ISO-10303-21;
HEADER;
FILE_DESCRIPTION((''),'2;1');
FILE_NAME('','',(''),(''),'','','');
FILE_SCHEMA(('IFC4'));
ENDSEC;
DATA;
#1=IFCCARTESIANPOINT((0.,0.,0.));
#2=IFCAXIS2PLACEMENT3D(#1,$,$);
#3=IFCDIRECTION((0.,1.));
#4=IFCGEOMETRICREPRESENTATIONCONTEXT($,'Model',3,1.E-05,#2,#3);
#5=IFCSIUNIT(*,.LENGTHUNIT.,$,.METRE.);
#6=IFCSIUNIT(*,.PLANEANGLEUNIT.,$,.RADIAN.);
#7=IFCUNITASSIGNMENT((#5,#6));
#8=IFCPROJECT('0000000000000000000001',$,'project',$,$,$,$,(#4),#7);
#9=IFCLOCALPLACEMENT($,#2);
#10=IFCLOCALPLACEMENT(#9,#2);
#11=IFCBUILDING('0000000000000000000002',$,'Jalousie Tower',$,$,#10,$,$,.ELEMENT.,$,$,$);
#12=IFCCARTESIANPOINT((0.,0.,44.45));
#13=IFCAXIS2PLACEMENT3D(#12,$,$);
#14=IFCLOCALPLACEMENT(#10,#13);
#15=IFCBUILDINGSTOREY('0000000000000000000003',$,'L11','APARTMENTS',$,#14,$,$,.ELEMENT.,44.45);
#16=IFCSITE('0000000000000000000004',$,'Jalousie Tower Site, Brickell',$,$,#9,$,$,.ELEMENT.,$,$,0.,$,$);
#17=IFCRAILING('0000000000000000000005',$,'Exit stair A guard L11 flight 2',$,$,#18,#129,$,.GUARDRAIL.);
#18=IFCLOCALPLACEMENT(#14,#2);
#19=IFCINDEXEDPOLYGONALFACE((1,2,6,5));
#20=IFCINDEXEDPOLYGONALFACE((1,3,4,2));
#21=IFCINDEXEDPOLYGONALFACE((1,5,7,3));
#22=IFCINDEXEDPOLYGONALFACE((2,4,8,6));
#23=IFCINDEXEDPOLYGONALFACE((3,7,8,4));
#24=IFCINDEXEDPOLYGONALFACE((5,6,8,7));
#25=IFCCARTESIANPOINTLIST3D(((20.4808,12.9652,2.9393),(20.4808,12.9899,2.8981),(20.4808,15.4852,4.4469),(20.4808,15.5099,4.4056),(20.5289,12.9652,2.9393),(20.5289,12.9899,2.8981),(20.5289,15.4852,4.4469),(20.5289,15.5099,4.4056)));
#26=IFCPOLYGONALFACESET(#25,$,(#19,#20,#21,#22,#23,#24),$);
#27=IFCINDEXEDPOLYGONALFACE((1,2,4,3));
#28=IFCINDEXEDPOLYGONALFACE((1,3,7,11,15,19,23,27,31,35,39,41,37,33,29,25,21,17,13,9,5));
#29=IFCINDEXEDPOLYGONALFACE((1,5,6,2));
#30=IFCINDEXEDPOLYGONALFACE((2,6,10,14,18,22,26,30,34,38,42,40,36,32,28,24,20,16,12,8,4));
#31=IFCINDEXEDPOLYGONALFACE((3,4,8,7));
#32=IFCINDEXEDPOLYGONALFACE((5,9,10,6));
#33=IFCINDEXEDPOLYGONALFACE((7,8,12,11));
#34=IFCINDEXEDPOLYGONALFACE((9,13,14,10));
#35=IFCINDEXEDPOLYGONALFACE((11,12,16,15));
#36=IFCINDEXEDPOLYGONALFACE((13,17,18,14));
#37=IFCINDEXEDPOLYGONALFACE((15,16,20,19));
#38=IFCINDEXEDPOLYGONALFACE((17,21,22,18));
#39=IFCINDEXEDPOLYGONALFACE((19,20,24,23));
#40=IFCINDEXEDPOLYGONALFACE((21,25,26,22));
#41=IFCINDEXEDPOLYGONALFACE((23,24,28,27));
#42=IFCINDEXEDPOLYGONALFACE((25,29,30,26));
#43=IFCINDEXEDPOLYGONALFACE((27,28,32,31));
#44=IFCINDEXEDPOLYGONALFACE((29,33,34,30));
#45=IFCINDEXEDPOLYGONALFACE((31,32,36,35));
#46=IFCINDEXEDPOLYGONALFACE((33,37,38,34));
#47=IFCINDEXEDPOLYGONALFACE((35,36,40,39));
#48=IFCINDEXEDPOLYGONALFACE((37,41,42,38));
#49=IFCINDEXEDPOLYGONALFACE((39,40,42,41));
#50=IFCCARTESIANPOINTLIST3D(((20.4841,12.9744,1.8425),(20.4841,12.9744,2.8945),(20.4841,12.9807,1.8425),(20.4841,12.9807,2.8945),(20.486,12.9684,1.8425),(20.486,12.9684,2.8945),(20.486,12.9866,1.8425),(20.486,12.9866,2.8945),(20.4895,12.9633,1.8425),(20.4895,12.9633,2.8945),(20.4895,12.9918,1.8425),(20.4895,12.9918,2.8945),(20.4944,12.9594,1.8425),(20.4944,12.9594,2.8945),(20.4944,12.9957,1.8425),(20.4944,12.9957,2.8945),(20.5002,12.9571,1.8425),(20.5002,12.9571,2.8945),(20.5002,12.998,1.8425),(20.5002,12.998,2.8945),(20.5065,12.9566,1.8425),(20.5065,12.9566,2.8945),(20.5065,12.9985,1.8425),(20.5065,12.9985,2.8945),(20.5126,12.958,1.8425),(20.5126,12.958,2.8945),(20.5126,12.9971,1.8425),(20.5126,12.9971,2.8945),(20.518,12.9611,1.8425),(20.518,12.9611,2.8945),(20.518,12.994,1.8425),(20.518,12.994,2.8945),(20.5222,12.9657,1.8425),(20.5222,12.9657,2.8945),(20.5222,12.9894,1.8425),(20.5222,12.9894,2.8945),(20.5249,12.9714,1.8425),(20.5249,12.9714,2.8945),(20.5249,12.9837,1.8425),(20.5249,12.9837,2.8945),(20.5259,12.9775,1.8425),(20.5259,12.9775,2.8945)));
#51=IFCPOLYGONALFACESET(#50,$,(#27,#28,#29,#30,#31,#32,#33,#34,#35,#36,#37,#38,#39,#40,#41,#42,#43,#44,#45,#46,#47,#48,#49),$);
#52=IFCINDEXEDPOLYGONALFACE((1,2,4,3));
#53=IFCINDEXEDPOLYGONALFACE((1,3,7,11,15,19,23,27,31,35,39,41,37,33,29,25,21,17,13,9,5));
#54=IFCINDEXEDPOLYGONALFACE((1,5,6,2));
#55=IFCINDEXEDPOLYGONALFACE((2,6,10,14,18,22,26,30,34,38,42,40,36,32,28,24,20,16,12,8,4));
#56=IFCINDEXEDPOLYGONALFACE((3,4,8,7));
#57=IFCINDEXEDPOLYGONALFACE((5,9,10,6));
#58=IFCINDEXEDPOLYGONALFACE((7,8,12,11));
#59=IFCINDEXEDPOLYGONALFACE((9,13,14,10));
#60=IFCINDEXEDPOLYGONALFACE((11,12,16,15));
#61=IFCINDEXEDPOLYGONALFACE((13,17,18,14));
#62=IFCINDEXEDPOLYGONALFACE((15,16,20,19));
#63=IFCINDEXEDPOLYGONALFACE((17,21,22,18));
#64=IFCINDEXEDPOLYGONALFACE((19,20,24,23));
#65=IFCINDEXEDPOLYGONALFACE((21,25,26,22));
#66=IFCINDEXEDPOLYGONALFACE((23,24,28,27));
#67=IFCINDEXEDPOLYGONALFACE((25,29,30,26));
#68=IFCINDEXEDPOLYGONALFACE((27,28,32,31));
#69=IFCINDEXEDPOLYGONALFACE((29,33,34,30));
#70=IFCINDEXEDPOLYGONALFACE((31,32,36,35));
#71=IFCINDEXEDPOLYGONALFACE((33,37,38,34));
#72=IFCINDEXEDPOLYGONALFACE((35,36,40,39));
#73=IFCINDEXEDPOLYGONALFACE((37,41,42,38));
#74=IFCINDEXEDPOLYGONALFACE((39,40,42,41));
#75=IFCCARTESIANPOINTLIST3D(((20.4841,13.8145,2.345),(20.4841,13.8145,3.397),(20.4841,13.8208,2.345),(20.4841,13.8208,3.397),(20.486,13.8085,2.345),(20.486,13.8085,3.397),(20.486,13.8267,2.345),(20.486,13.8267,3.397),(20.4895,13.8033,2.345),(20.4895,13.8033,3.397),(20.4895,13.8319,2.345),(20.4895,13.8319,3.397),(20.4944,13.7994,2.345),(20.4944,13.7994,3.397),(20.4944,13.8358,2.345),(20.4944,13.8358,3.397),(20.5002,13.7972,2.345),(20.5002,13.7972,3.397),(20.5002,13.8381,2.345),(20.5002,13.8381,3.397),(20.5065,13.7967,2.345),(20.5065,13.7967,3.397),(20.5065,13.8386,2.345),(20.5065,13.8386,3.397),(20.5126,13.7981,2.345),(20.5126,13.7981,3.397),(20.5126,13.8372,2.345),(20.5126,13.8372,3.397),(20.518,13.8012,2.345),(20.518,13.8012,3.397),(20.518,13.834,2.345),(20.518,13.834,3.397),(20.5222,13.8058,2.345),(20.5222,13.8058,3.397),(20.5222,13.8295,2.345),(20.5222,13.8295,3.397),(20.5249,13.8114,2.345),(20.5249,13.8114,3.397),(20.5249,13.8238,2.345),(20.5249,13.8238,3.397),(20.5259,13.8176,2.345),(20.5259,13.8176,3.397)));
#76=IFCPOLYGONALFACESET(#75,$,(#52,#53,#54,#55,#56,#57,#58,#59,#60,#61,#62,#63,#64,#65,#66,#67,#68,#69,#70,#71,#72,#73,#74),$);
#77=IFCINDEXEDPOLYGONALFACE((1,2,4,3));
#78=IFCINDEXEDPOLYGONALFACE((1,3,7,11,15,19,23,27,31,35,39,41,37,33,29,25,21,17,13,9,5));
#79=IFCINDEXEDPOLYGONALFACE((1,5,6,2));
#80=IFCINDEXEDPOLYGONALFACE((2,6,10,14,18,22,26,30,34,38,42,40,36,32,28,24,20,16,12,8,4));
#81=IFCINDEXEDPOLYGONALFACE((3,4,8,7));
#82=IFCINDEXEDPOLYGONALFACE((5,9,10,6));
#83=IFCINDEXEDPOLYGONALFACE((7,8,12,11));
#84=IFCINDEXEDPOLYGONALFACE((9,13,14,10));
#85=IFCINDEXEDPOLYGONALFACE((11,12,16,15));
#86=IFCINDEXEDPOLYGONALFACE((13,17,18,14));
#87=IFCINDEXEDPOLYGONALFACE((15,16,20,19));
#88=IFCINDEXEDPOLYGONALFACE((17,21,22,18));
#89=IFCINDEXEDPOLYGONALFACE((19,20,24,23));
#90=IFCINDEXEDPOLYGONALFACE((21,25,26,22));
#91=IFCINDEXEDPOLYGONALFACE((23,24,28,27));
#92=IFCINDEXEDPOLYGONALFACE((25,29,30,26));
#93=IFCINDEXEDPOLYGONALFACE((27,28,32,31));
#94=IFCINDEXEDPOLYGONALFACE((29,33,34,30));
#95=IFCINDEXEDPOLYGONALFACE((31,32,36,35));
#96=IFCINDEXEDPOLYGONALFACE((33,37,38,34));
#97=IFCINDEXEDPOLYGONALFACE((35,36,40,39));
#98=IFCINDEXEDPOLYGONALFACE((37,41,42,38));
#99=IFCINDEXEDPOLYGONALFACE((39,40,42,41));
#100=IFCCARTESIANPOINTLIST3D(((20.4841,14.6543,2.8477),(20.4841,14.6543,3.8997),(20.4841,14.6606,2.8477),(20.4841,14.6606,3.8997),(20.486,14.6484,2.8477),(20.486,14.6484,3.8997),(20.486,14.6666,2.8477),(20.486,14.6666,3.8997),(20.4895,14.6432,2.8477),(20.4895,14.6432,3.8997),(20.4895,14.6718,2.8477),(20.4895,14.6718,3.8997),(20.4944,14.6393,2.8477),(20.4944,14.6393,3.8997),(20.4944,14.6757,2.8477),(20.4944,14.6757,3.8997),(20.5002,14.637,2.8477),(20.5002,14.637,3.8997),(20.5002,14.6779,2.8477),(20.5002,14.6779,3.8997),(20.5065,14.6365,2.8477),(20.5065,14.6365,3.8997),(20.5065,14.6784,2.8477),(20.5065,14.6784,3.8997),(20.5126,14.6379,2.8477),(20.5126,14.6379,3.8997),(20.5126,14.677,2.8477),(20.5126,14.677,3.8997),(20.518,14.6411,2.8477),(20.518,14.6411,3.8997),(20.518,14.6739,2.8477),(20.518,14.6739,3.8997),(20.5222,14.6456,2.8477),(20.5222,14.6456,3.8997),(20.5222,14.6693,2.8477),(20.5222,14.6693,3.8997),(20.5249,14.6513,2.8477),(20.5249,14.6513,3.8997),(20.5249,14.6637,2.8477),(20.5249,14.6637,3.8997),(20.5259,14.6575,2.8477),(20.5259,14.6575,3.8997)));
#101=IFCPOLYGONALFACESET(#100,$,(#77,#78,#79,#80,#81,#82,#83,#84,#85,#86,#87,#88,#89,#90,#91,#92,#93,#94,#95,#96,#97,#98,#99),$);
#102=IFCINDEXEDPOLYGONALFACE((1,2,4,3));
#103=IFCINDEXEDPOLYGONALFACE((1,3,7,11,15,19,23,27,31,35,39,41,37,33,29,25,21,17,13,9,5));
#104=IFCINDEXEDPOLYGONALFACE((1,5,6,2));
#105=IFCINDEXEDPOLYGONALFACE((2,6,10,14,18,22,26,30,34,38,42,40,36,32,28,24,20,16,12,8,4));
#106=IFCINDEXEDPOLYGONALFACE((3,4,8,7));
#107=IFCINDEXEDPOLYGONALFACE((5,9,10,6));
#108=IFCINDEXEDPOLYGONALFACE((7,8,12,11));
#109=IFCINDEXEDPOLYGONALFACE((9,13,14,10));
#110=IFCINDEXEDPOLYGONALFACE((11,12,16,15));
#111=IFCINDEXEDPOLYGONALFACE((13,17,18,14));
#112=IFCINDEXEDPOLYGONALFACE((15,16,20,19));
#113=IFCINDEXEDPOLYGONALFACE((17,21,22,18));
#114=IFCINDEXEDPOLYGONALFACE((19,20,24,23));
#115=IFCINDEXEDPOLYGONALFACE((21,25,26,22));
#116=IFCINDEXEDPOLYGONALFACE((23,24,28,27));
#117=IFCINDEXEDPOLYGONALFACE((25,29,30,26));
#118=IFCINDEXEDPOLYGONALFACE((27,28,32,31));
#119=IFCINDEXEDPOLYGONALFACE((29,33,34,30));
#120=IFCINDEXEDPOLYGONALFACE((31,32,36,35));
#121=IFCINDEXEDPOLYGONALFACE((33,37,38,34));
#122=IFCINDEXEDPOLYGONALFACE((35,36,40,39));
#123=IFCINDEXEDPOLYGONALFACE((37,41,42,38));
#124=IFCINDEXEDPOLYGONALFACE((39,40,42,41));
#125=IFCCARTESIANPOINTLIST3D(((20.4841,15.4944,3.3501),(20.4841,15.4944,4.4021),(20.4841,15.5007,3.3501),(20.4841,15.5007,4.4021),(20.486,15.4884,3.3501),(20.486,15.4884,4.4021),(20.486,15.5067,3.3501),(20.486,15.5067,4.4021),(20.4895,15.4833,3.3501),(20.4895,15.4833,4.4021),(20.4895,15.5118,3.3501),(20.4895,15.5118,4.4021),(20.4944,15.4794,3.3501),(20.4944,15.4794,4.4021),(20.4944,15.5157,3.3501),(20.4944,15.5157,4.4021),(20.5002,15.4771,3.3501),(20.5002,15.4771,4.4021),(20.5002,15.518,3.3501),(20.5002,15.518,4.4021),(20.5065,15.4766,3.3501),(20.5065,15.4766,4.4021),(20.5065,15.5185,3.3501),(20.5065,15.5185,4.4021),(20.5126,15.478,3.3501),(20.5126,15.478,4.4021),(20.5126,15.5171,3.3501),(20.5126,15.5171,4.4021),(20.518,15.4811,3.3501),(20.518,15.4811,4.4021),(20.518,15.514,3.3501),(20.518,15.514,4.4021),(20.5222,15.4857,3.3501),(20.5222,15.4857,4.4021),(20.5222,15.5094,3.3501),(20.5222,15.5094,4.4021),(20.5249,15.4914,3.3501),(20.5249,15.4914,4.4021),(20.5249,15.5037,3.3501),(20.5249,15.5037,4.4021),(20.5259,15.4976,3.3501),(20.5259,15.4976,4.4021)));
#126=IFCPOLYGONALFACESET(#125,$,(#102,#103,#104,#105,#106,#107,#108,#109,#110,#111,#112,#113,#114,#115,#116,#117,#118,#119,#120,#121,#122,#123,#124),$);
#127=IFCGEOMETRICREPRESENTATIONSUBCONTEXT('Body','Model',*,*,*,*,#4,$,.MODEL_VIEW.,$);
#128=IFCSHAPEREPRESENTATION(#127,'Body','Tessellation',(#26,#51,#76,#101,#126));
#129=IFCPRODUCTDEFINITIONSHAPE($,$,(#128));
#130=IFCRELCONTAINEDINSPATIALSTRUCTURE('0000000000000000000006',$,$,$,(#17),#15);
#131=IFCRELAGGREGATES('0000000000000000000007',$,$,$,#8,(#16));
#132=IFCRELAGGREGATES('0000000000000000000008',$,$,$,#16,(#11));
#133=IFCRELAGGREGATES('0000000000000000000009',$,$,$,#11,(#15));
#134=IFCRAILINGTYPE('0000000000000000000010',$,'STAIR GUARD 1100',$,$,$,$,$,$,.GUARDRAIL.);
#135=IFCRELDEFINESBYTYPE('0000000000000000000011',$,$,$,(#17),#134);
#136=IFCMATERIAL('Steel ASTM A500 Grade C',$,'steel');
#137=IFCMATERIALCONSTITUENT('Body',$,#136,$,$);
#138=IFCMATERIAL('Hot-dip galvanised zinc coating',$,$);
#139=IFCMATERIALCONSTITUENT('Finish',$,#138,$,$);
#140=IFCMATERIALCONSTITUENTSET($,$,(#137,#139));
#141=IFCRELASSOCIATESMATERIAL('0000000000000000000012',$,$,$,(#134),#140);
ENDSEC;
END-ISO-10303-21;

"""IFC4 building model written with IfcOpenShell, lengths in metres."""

from ifc_helpers import new_model, si_unit, direction, frame, origin, origin_2d, place, context, subcontext, project, spatial, rectangle, circle, extrude, material, constituent, constituent_set, type_object, element, save


model = new_model("IFC4")

# Units and contexts
model_context = context("Model", 3, precision=1e-05, world=origin(), true_north=direction((0.0, 1.0)))
body_context = subcontext(model_context, "Body", "Model", "MODEL_VIEW")
ifc_project = project(units=[si_unit("LENGTHUNIT", "METRE"), si_unit("PLANEANGLEUNIT", "RADIAN")], contexts=[model_context])

# Site, building, storey
site_placement = place(None, origin())
site = spatial("IfcSite", under=ifc_project, at=site_placement, Name="Jalousie Tower Site, Brickell", CompositionType="ELEMENT", RefElevation=0.0)
building_placement = place(site_placement, origin())
building = spatial("IfcBuilding", under=site, at=building_placement, Name="Jalousie Tower", CompositionType="ELEMENT")
storey_placement = place(building_placement, frame((0.0, 0.0, 44.45)))
storey = spatial("IfcBuildingStorey", under=building, at=storey_placement, Name="L11", Description="APARTMENTS", CompositionType="ELEMENT", Elevation=44.45)

# Railing
ifc_material_1 = material(Name="Steel ASTM A500 Grade C", Category="steel")
ifc_constituent_1 = constituent(ifc_material_1, Name="Body")
ifc_material_2 = material(Name="Hot-dip galvanised zinc coating")
ifc_constituent_2 = constituent(ifc_material_2, Name="Finish")
ifc_constituent_set_1 = constituent_set(constituents=[ifc_constituent_1, ifc_constituent_2])
railing_type_1 = type_object("IfcRailingType", Name="STAIR GUARD 1100", PredefinedType="GUARDRAIL", material=ifc_constituent_set_1)
railing_1_placement = place(storey_placement, frame((20.5049, 12.9775, 1.8425)))
element("IfcRailing", 1, at=railing_1_placement, inside=storey, type_object=railing_type_1, Name="Exit stair A guard L11 flight 2", PredefinedType="GUARDRAIL", context=body_context, shape_type="SweptSolid", body=[
    extrude(rectangle(XDim=0.0481, YDim=0.0481, at=origin_2d()), frame((0.0, 0.0, 1.0762), z_axis=(0.0, 0.85816, 0.513383), x_axis=(-1.0, 0.0, 0.0)), (0.0, 0.0, 1.0), 2.9365),
    extrude(circle(Radius=0.021, at=origin_2d()), origin(), (0.0, 0.0, 1.0), 1.052),
    extrude(circle(Radius=0.021, at=origin_2d()), frame((0.0, 0.8401, 0.5024)), (0.0, 0.0, 1.0), 1.052),
    extrude(circle(Radius=0.021, at=origin_2d()), frame((0.0, 1.6799, 1.0051)), (0.0, 0.0, 1.0), 1.052),
    extrude(circle(Radius=0.021, at=origin_2d()), frame((0.0, 2.52, 1.5076)), (0.0, 0.0, 1.0), 1.052),
])

save(model, "model.ifc")
